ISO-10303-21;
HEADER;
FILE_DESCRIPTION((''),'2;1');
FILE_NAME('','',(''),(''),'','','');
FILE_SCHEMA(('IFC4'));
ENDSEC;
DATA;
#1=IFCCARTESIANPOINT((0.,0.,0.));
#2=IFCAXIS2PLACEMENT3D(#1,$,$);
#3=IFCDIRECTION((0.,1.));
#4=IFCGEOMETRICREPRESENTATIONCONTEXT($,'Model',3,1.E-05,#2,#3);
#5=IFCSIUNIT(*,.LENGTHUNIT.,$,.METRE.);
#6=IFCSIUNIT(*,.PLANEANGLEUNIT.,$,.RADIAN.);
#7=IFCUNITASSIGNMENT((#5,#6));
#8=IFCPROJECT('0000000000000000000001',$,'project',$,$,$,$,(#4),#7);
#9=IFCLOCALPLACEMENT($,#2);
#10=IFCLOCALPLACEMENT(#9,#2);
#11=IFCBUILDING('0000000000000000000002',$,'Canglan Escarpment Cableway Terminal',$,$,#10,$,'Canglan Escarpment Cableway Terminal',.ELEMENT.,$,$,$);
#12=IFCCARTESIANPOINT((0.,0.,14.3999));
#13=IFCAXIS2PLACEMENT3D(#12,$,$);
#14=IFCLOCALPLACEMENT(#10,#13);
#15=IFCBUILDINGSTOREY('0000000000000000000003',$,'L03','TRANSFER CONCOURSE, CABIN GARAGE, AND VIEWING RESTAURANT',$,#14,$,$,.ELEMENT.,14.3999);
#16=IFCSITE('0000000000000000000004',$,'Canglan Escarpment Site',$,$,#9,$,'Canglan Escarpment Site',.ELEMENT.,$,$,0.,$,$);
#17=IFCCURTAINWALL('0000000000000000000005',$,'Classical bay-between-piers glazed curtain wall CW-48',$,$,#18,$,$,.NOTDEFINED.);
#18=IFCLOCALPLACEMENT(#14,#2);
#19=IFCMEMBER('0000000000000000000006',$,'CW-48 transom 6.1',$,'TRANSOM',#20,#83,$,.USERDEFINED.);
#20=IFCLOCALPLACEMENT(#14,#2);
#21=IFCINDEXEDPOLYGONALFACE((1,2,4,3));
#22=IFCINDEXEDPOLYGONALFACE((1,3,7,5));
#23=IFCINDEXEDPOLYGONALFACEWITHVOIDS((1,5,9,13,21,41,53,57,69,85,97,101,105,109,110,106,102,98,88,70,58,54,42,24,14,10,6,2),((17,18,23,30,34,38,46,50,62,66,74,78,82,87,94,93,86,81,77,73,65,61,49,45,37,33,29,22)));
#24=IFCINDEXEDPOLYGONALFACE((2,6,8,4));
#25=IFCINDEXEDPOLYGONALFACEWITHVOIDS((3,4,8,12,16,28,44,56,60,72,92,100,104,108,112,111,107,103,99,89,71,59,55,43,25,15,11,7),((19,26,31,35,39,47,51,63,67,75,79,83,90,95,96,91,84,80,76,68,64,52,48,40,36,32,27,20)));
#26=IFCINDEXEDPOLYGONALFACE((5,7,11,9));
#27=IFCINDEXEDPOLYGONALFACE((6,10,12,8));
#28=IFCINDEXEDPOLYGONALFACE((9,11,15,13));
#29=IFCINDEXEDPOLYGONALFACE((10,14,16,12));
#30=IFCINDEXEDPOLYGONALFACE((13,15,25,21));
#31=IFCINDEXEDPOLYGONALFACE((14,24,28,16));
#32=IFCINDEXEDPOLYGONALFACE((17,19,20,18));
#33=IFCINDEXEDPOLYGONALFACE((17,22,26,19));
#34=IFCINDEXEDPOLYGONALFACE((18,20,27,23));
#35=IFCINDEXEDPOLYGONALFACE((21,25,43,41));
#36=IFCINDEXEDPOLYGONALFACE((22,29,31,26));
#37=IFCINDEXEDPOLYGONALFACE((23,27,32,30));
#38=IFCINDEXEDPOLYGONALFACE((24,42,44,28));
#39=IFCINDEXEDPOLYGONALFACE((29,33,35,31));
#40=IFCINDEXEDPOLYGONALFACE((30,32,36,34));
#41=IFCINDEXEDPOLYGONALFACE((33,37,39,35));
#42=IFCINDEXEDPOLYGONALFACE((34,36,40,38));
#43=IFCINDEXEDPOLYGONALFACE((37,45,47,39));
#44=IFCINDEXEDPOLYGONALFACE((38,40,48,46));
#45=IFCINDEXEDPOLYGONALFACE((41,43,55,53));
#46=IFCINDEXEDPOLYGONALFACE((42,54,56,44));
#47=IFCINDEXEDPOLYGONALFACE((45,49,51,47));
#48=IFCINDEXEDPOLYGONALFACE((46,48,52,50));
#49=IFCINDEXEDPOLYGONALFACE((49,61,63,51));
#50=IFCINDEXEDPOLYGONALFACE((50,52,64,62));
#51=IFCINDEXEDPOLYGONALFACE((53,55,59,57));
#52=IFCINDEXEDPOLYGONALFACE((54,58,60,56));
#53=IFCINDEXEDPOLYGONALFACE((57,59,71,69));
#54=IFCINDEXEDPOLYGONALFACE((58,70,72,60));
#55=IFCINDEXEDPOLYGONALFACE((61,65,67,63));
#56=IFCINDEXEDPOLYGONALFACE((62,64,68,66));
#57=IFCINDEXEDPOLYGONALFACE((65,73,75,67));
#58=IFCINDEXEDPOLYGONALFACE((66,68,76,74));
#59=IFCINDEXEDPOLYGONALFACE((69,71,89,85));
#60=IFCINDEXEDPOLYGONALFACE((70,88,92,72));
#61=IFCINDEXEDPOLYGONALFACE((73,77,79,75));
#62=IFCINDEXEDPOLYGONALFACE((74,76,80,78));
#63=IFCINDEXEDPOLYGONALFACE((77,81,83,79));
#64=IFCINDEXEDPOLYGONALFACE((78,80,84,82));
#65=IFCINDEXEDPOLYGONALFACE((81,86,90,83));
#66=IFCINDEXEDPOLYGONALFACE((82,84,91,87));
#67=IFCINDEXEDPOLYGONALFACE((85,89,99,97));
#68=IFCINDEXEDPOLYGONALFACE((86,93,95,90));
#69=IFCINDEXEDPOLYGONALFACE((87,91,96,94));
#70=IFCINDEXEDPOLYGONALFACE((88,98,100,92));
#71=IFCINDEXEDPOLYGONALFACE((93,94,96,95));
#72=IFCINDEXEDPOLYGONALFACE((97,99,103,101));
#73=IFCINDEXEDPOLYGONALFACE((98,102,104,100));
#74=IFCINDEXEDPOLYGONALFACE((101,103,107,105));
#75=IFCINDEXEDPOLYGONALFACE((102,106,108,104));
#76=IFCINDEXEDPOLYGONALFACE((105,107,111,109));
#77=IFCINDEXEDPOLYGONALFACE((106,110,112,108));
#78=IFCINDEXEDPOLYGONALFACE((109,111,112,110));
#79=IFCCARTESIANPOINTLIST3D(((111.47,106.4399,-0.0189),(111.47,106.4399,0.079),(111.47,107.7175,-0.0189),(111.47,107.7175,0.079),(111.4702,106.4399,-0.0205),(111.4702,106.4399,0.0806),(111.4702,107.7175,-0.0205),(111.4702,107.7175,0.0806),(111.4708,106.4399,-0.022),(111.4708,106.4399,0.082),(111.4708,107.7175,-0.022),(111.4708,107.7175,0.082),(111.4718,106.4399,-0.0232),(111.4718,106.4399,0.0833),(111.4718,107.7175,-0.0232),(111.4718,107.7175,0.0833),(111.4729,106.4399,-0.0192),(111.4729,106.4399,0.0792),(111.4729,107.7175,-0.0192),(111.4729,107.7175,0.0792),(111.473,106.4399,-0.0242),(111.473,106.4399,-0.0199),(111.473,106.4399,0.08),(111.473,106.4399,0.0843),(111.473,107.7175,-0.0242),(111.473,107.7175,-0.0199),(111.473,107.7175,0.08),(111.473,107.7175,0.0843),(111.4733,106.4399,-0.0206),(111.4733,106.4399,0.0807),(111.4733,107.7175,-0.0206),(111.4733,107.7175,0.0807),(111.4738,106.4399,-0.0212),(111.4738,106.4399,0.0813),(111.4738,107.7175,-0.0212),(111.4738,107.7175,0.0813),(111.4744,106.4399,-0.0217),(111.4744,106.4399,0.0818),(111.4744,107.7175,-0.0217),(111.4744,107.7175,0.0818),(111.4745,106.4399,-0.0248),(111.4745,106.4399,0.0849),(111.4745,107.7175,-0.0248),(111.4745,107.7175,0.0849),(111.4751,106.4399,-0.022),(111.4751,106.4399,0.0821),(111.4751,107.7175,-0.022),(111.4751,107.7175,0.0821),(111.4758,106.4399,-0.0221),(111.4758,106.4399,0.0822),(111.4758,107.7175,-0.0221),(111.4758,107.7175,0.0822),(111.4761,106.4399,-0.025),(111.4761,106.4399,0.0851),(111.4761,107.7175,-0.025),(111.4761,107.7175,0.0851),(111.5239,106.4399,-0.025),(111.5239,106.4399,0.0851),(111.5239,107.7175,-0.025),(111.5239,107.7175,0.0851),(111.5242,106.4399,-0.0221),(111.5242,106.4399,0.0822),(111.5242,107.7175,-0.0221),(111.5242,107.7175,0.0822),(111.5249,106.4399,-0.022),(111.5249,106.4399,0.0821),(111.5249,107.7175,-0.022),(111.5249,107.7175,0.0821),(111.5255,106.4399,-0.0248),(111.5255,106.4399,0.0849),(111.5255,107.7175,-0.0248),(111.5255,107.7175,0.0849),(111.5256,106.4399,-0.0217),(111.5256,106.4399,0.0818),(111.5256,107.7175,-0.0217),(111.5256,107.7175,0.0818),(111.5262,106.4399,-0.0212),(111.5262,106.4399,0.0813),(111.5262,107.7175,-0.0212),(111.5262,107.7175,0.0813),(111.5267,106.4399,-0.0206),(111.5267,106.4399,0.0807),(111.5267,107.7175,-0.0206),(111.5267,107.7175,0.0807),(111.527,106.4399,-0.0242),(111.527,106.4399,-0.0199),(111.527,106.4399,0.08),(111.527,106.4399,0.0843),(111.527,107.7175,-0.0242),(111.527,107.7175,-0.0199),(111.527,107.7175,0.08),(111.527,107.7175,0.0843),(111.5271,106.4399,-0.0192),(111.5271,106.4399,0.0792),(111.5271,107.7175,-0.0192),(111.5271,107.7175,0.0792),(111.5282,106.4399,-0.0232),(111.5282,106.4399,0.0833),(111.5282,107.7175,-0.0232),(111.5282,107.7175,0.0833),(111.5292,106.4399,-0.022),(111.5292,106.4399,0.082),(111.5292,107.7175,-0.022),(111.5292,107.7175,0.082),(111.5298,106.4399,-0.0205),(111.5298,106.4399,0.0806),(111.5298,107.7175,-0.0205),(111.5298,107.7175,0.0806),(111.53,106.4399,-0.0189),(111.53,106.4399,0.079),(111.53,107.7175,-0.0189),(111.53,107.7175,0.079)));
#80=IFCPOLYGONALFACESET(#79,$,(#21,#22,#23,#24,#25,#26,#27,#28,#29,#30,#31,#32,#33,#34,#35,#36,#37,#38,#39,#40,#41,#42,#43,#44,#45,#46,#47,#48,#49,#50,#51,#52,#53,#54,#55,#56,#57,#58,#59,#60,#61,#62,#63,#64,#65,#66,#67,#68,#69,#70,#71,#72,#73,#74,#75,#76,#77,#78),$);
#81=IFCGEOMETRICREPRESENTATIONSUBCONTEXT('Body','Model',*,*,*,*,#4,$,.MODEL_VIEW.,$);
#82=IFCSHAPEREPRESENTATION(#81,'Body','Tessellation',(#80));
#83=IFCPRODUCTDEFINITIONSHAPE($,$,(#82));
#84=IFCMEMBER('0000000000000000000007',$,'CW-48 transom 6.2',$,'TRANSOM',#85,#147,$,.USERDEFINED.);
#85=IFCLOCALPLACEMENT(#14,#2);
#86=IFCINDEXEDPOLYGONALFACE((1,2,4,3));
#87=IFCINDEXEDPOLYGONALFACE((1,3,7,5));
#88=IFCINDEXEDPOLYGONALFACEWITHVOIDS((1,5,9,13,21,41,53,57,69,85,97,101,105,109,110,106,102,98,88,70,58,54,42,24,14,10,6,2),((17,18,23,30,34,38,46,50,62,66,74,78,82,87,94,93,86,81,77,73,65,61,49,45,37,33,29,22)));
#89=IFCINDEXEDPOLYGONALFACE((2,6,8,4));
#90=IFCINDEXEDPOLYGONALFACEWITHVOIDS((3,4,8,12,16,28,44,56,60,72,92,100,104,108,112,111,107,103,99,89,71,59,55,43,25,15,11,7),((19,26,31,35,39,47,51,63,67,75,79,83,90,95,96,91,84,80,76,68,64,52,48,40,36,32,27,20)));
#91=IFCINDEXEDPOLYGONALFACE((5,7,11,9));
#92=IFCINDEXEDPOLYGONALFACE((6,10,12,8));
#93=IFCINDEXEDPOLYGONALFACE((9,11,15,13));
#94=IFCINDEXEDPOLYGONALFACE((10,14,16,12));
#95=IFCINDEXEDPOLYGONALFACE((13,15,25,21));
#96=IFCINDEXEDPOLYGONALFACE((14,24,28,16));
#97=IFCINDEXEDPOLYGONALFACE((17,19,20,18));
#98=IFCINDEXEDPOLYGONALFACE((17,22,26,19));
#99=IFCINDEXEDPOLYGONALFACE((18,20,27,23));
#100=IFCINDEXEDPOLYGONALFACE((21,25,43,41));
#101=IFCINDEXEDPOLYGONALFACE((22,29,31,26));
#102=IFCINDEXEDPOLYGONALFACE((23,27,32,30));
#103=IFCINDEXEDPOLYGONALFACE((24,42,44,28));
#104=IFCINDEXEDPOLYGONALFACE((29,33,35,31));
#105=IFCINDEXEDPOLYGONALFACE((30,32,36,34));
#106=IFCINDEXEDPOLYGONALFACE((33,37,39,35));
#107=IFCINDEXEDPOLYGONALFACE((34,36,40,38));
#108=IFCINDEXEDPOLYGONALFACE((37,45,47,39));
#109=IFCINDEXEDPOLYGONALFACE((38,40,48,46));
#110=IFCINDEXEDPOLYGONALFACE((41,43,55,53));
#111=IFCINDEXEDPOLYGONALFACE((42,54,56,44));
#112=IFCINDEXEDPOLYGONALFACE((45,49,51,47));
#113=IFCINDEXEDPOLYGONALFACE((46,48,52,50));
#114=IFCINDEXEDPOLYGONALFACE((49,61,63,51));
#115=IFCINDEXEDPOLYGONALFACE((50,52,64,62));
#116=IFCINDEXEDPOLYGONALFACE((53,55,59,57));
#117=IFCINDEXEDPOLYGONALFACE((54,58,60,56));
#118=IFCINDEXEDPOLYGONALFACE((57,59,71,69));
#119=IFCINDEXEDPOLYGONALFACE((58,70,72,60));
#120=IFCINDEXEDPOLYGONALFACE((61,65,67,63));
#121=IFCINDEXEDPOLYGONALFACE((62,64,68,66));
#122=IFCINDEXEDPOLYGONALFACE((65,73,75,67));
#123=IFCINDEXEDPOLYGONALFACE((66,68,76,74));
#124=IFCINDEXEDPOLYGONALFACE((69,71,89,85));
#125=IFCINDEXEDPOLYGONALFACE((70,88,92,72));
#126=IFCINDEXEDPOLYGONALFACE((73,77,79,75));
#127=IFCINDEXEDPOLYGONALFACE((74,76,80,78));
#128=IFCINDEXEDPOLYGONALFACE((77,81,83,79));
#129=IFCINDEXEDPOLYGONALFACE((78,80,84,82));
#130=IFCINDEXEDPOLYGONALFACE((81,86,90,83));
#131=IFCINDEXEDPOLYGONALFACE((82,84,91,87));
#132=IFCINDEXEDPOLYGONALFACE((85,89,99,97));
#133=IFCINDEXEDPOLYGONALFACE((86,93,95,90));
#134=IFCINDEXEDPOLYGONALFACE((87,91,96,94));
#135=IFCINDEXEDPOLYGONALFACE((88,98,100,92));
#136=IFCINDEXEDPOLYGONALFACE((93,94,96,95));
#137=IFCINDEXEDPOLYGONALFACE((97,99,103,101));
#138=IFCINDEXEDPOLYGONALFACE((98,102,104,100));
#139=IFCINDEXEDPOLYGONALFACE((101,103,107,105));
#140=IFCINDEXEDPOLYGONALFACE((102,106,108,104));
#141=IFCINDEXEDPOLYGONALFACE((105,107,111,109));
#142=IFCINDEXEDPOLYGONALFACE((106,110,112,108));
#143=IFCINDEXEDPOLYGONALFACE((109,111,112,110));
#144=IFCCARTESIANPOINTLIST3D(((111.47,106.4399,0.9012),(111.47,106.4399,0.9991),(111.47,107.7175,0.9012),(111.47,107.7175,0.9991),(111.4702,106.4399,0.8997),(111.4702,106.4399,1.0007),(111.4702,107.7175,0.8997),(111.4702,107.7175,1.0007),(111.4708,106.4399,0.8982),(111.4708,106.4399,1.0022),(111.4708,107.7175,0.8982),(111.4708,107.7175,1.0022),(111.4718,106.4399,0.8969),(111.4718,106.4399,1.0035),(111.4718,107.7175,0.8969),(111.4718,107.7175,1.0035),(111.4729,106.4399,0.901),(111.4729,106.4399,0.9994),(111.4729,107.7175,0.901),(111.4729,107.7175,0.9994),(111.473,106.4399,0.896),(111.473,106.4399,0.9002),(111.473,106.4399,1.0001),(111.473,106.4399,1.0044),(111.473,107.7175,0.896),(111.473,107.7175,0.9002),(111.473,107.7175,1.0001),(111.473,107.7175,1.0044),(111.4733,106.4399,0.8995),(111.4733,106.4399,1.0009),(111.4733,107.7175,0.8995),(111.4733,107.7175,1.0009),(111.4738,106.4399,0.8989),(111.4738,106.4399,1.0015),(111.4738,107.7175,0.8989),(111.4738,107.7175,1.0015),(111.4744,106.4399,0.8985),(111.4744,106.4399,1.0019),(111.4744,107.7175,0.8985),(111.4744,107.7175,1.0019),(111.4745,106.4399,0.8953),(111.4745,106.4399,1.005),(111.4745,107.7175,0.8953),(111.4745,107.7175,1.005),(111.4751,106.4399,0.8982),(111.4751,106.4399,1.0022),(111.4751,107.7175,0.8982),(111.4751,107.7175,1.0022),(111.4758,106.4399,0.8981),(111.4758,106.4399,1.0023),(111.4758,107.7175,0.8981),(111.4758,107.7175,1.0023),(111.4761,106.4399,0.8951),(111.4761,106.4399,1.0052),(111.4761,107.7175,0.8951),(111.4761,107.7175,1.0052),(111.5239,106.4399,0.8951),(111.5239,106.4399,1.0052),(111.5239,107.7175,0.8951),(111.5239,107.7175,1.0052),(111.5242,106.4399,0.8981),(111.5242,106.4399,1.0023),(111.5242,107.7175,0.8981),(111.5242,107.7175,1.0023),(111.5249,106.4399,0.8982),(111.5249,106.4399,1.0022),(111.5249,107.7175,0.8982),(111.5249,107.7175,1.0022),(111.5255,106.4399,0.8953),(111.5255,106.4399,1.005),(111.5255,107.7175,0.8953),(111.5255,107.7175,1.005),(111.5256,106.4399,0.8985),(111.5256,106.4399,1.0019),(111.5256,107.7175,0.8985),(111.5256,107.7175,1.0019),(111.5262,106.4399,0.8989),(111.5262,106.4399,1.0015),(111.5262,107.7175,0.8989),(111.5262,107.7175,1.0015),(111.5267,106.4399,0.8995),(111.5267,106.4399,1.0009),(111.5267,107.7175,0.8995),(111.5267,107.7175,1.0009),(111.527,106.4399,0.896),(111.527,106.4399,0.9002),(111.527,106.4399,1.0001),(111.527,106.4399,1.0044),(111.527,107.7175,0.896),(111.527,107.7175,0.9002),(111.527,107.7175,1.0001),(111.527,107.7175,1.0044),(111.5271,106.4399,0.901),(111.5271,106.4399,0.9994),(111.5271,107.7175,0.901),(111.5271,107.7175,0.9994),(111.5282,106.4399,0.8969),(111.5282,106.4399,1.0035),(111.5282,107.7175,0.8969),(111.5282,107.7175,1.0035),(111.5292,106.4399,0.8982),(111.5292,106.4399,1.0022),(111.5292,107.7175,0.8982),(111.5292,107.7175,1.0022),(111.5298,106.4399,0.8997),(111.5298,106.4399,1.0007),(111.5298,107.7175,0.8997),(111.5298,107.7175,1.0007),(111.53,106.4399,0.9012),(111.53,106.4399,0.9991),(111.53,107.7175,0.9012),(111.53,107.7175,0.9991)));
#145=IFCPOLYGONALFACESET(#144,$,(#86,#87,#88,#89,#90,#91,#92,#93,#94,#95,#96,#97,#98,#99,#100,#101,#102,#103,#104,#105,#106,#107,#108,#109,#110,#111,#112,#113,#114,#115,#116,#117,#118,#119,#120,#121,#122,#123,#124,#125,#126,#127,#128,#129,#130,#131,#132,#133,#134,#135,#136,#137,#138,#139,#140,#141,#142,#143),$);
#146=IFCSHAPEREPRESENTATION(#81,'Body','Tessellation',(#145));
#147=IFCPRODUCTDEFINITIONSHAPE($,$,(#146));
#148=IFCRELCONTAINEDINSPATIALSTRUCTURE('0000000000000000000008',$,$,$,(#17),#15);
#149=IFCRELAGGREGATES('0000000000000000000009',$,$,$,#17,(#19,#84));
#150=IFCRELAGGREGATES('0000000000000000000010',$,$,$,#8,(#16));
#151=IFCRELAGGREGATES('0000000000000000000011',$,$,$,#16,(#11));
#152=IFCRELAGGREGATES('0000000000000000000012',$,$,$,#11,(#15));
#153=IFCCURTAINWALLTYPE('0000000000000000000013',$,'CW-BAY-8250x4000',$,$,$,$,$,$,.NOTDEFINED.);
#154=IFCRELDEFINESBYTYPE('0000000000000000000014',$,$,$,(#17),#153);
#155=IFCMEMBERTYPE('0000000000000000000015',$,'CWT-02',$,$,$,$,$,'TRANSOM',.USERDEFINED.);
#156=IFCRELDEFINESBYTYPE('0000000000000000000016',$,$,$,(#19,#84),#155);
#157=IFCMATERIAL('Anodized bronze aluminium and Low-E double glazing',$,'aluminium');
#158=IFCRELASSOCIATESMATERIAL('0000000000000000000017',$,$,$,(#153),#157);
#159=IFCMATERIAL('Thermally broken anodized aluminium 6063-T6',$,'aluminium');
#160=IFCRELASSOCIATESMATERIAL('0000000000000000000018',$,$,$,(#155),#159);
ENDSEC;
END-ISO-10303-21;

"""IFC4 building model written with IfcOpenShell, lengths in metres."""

from ifc_helpers import new_model, si_unit, direction, frame, origin, origin_2d, place, context, subcontext, project, spatial, hollow_rectangle, extrude, material, material_profile, profile_set, type_object, element, aggregate, save


model = new_model("IFC4")

# Units and contexts
model_context = context("Model", 3, precision=1e-05, world=origin(), true_north=direction((0.0, 1.0)))
body_context = subcontext(model_context, "Body", "Model", "MODEL_VIEW")
ifc_project = project(units=[si_unit("LENGTHUNIT", "METRE"), si_unit("PLANEANGLEUNIT", "RADIAN")], contexts=[model_context])

# Site, building, storey
site_placement = place(None, origin())
site = spatial("IfcSite", under=ifc_project, at=site_placement, Name="Canglan Escarpment Site", LongName="Canglan Escarpment Site", CompositionType="ELEMENT", RefElevation=0.0)
building_placement = place(site_placement, origin())
building = spatial("IfcBuilding", under=site, at=building_placement, Name="Canglan Escarpment Cableway Terminal", LongName="Canglan Escarpment Cableway Terminal", CompositionType="ELEMENT")
storey_placement = place(building_placement, frame((0.0, 0.0, 14.3999)))
storey = spatial("IfcBuildingStorey", under=building, at=storey_placement, Name="L03", Description="TRANSFER CONCOURSE, CABIN GARAGE, AND VIEWING RESTAURANT", CompositionType="ELEMENT", Elevation=14.3999)

# Curtain wall, members
ifc_material_1 = material(Name="Anodized bronze aluminium and Low-E double glazing", Category="aluminium")
curtain_wall_type = type_object("IfcCurtainWallType", Name="CW-BAY-8250x4000", PredefinedType="NOTDEFINED", material=ifc_material_1)
curtain_wall_placement = place(storey_placement, origin())
curtain_wall = element("IfcCurtainWall", 1, at=curtain_wall_placement, inside=storey, type_object=curtain_wall_type, Name="Classical bay-between-piers glazed curtain wall CW-48", PredefinedType="NOTDEFINED")
ifc_material_2 = material(Name="Thermally broken anodized aluminium 6063-T6", Category="aluminium")
ifc_material_profile_1 = material_profile(ifc_material_2, hollow_rectangle(XDim=0.0601, YDim=0.1101, WallThickness=0.0029, InnerFilletRadius=0.0029, OuterFilletRadius=0.0061, at=origin_2d()), Name="ALU-TRAN 60x110x3")
ifc_profile_set_1 = profile_set([ifc_material_profile_1], Name="Thermally broken anodized aluminium 6063-T6")
member_type = type_object("IfcMemberType", Name="CWT-02", ElementType="TRANSOM", PredefinedType="USERDEFINED", material=ifc_profile_set_1)
member_1_placement = place(storey_placement, frame((111.5, 107.7175, 0.03), z_axis=(0.0, -1.0, 0.0), x_axis=(1.0, 0.0, 0.0)))
member_1 = element("IfcMember", 2, at=member_1_placement, type_object=member_type, Name="CW-48 transom 6.1", ObjectType="TRANSOM", PredefinedType="USERDEFINED", context=body_context, shape_type="SweptSolid", body=[
    extrude(hollow_rectangle(XDim=0.0601, YDim=0.1101, WallThickness=0.0029, InnerFilletRadius=0.0029, OuterFilletRadius=0.0061, at=origin_2d()), origin(), (0.0, 0.0, 1.0), 1.2776),
])
member_2_placement = place(storey_placement, frame((111.5, 107.7175, 0.9502), z_axis=(0.0, -1.0, 0.0), x_axis=(1.0, 0.0, 0.0)))
member_2 = element("IfcMember", 3, at=member_2_placement, type_object=member_type, Name="CW-48 transom 6.2", ObjectType="TRANSOM", PredefinedType="USERDEFINED", context=body_context, shape_type="SweptSolid", body=[
    extrude(hollow_rectangle(XDim=0.0601, YDim=0.1101, WallThickness=0.0029, InnerFilletRadius=0.0029, OuterFilletRadius=0.0061, at=origin_2d()), origin(), (0.0, 0.0, 1.0), 1.2776),
])

aggregate(curtain_wall, [member_1, member_2])

save(model, "model.ifc")
